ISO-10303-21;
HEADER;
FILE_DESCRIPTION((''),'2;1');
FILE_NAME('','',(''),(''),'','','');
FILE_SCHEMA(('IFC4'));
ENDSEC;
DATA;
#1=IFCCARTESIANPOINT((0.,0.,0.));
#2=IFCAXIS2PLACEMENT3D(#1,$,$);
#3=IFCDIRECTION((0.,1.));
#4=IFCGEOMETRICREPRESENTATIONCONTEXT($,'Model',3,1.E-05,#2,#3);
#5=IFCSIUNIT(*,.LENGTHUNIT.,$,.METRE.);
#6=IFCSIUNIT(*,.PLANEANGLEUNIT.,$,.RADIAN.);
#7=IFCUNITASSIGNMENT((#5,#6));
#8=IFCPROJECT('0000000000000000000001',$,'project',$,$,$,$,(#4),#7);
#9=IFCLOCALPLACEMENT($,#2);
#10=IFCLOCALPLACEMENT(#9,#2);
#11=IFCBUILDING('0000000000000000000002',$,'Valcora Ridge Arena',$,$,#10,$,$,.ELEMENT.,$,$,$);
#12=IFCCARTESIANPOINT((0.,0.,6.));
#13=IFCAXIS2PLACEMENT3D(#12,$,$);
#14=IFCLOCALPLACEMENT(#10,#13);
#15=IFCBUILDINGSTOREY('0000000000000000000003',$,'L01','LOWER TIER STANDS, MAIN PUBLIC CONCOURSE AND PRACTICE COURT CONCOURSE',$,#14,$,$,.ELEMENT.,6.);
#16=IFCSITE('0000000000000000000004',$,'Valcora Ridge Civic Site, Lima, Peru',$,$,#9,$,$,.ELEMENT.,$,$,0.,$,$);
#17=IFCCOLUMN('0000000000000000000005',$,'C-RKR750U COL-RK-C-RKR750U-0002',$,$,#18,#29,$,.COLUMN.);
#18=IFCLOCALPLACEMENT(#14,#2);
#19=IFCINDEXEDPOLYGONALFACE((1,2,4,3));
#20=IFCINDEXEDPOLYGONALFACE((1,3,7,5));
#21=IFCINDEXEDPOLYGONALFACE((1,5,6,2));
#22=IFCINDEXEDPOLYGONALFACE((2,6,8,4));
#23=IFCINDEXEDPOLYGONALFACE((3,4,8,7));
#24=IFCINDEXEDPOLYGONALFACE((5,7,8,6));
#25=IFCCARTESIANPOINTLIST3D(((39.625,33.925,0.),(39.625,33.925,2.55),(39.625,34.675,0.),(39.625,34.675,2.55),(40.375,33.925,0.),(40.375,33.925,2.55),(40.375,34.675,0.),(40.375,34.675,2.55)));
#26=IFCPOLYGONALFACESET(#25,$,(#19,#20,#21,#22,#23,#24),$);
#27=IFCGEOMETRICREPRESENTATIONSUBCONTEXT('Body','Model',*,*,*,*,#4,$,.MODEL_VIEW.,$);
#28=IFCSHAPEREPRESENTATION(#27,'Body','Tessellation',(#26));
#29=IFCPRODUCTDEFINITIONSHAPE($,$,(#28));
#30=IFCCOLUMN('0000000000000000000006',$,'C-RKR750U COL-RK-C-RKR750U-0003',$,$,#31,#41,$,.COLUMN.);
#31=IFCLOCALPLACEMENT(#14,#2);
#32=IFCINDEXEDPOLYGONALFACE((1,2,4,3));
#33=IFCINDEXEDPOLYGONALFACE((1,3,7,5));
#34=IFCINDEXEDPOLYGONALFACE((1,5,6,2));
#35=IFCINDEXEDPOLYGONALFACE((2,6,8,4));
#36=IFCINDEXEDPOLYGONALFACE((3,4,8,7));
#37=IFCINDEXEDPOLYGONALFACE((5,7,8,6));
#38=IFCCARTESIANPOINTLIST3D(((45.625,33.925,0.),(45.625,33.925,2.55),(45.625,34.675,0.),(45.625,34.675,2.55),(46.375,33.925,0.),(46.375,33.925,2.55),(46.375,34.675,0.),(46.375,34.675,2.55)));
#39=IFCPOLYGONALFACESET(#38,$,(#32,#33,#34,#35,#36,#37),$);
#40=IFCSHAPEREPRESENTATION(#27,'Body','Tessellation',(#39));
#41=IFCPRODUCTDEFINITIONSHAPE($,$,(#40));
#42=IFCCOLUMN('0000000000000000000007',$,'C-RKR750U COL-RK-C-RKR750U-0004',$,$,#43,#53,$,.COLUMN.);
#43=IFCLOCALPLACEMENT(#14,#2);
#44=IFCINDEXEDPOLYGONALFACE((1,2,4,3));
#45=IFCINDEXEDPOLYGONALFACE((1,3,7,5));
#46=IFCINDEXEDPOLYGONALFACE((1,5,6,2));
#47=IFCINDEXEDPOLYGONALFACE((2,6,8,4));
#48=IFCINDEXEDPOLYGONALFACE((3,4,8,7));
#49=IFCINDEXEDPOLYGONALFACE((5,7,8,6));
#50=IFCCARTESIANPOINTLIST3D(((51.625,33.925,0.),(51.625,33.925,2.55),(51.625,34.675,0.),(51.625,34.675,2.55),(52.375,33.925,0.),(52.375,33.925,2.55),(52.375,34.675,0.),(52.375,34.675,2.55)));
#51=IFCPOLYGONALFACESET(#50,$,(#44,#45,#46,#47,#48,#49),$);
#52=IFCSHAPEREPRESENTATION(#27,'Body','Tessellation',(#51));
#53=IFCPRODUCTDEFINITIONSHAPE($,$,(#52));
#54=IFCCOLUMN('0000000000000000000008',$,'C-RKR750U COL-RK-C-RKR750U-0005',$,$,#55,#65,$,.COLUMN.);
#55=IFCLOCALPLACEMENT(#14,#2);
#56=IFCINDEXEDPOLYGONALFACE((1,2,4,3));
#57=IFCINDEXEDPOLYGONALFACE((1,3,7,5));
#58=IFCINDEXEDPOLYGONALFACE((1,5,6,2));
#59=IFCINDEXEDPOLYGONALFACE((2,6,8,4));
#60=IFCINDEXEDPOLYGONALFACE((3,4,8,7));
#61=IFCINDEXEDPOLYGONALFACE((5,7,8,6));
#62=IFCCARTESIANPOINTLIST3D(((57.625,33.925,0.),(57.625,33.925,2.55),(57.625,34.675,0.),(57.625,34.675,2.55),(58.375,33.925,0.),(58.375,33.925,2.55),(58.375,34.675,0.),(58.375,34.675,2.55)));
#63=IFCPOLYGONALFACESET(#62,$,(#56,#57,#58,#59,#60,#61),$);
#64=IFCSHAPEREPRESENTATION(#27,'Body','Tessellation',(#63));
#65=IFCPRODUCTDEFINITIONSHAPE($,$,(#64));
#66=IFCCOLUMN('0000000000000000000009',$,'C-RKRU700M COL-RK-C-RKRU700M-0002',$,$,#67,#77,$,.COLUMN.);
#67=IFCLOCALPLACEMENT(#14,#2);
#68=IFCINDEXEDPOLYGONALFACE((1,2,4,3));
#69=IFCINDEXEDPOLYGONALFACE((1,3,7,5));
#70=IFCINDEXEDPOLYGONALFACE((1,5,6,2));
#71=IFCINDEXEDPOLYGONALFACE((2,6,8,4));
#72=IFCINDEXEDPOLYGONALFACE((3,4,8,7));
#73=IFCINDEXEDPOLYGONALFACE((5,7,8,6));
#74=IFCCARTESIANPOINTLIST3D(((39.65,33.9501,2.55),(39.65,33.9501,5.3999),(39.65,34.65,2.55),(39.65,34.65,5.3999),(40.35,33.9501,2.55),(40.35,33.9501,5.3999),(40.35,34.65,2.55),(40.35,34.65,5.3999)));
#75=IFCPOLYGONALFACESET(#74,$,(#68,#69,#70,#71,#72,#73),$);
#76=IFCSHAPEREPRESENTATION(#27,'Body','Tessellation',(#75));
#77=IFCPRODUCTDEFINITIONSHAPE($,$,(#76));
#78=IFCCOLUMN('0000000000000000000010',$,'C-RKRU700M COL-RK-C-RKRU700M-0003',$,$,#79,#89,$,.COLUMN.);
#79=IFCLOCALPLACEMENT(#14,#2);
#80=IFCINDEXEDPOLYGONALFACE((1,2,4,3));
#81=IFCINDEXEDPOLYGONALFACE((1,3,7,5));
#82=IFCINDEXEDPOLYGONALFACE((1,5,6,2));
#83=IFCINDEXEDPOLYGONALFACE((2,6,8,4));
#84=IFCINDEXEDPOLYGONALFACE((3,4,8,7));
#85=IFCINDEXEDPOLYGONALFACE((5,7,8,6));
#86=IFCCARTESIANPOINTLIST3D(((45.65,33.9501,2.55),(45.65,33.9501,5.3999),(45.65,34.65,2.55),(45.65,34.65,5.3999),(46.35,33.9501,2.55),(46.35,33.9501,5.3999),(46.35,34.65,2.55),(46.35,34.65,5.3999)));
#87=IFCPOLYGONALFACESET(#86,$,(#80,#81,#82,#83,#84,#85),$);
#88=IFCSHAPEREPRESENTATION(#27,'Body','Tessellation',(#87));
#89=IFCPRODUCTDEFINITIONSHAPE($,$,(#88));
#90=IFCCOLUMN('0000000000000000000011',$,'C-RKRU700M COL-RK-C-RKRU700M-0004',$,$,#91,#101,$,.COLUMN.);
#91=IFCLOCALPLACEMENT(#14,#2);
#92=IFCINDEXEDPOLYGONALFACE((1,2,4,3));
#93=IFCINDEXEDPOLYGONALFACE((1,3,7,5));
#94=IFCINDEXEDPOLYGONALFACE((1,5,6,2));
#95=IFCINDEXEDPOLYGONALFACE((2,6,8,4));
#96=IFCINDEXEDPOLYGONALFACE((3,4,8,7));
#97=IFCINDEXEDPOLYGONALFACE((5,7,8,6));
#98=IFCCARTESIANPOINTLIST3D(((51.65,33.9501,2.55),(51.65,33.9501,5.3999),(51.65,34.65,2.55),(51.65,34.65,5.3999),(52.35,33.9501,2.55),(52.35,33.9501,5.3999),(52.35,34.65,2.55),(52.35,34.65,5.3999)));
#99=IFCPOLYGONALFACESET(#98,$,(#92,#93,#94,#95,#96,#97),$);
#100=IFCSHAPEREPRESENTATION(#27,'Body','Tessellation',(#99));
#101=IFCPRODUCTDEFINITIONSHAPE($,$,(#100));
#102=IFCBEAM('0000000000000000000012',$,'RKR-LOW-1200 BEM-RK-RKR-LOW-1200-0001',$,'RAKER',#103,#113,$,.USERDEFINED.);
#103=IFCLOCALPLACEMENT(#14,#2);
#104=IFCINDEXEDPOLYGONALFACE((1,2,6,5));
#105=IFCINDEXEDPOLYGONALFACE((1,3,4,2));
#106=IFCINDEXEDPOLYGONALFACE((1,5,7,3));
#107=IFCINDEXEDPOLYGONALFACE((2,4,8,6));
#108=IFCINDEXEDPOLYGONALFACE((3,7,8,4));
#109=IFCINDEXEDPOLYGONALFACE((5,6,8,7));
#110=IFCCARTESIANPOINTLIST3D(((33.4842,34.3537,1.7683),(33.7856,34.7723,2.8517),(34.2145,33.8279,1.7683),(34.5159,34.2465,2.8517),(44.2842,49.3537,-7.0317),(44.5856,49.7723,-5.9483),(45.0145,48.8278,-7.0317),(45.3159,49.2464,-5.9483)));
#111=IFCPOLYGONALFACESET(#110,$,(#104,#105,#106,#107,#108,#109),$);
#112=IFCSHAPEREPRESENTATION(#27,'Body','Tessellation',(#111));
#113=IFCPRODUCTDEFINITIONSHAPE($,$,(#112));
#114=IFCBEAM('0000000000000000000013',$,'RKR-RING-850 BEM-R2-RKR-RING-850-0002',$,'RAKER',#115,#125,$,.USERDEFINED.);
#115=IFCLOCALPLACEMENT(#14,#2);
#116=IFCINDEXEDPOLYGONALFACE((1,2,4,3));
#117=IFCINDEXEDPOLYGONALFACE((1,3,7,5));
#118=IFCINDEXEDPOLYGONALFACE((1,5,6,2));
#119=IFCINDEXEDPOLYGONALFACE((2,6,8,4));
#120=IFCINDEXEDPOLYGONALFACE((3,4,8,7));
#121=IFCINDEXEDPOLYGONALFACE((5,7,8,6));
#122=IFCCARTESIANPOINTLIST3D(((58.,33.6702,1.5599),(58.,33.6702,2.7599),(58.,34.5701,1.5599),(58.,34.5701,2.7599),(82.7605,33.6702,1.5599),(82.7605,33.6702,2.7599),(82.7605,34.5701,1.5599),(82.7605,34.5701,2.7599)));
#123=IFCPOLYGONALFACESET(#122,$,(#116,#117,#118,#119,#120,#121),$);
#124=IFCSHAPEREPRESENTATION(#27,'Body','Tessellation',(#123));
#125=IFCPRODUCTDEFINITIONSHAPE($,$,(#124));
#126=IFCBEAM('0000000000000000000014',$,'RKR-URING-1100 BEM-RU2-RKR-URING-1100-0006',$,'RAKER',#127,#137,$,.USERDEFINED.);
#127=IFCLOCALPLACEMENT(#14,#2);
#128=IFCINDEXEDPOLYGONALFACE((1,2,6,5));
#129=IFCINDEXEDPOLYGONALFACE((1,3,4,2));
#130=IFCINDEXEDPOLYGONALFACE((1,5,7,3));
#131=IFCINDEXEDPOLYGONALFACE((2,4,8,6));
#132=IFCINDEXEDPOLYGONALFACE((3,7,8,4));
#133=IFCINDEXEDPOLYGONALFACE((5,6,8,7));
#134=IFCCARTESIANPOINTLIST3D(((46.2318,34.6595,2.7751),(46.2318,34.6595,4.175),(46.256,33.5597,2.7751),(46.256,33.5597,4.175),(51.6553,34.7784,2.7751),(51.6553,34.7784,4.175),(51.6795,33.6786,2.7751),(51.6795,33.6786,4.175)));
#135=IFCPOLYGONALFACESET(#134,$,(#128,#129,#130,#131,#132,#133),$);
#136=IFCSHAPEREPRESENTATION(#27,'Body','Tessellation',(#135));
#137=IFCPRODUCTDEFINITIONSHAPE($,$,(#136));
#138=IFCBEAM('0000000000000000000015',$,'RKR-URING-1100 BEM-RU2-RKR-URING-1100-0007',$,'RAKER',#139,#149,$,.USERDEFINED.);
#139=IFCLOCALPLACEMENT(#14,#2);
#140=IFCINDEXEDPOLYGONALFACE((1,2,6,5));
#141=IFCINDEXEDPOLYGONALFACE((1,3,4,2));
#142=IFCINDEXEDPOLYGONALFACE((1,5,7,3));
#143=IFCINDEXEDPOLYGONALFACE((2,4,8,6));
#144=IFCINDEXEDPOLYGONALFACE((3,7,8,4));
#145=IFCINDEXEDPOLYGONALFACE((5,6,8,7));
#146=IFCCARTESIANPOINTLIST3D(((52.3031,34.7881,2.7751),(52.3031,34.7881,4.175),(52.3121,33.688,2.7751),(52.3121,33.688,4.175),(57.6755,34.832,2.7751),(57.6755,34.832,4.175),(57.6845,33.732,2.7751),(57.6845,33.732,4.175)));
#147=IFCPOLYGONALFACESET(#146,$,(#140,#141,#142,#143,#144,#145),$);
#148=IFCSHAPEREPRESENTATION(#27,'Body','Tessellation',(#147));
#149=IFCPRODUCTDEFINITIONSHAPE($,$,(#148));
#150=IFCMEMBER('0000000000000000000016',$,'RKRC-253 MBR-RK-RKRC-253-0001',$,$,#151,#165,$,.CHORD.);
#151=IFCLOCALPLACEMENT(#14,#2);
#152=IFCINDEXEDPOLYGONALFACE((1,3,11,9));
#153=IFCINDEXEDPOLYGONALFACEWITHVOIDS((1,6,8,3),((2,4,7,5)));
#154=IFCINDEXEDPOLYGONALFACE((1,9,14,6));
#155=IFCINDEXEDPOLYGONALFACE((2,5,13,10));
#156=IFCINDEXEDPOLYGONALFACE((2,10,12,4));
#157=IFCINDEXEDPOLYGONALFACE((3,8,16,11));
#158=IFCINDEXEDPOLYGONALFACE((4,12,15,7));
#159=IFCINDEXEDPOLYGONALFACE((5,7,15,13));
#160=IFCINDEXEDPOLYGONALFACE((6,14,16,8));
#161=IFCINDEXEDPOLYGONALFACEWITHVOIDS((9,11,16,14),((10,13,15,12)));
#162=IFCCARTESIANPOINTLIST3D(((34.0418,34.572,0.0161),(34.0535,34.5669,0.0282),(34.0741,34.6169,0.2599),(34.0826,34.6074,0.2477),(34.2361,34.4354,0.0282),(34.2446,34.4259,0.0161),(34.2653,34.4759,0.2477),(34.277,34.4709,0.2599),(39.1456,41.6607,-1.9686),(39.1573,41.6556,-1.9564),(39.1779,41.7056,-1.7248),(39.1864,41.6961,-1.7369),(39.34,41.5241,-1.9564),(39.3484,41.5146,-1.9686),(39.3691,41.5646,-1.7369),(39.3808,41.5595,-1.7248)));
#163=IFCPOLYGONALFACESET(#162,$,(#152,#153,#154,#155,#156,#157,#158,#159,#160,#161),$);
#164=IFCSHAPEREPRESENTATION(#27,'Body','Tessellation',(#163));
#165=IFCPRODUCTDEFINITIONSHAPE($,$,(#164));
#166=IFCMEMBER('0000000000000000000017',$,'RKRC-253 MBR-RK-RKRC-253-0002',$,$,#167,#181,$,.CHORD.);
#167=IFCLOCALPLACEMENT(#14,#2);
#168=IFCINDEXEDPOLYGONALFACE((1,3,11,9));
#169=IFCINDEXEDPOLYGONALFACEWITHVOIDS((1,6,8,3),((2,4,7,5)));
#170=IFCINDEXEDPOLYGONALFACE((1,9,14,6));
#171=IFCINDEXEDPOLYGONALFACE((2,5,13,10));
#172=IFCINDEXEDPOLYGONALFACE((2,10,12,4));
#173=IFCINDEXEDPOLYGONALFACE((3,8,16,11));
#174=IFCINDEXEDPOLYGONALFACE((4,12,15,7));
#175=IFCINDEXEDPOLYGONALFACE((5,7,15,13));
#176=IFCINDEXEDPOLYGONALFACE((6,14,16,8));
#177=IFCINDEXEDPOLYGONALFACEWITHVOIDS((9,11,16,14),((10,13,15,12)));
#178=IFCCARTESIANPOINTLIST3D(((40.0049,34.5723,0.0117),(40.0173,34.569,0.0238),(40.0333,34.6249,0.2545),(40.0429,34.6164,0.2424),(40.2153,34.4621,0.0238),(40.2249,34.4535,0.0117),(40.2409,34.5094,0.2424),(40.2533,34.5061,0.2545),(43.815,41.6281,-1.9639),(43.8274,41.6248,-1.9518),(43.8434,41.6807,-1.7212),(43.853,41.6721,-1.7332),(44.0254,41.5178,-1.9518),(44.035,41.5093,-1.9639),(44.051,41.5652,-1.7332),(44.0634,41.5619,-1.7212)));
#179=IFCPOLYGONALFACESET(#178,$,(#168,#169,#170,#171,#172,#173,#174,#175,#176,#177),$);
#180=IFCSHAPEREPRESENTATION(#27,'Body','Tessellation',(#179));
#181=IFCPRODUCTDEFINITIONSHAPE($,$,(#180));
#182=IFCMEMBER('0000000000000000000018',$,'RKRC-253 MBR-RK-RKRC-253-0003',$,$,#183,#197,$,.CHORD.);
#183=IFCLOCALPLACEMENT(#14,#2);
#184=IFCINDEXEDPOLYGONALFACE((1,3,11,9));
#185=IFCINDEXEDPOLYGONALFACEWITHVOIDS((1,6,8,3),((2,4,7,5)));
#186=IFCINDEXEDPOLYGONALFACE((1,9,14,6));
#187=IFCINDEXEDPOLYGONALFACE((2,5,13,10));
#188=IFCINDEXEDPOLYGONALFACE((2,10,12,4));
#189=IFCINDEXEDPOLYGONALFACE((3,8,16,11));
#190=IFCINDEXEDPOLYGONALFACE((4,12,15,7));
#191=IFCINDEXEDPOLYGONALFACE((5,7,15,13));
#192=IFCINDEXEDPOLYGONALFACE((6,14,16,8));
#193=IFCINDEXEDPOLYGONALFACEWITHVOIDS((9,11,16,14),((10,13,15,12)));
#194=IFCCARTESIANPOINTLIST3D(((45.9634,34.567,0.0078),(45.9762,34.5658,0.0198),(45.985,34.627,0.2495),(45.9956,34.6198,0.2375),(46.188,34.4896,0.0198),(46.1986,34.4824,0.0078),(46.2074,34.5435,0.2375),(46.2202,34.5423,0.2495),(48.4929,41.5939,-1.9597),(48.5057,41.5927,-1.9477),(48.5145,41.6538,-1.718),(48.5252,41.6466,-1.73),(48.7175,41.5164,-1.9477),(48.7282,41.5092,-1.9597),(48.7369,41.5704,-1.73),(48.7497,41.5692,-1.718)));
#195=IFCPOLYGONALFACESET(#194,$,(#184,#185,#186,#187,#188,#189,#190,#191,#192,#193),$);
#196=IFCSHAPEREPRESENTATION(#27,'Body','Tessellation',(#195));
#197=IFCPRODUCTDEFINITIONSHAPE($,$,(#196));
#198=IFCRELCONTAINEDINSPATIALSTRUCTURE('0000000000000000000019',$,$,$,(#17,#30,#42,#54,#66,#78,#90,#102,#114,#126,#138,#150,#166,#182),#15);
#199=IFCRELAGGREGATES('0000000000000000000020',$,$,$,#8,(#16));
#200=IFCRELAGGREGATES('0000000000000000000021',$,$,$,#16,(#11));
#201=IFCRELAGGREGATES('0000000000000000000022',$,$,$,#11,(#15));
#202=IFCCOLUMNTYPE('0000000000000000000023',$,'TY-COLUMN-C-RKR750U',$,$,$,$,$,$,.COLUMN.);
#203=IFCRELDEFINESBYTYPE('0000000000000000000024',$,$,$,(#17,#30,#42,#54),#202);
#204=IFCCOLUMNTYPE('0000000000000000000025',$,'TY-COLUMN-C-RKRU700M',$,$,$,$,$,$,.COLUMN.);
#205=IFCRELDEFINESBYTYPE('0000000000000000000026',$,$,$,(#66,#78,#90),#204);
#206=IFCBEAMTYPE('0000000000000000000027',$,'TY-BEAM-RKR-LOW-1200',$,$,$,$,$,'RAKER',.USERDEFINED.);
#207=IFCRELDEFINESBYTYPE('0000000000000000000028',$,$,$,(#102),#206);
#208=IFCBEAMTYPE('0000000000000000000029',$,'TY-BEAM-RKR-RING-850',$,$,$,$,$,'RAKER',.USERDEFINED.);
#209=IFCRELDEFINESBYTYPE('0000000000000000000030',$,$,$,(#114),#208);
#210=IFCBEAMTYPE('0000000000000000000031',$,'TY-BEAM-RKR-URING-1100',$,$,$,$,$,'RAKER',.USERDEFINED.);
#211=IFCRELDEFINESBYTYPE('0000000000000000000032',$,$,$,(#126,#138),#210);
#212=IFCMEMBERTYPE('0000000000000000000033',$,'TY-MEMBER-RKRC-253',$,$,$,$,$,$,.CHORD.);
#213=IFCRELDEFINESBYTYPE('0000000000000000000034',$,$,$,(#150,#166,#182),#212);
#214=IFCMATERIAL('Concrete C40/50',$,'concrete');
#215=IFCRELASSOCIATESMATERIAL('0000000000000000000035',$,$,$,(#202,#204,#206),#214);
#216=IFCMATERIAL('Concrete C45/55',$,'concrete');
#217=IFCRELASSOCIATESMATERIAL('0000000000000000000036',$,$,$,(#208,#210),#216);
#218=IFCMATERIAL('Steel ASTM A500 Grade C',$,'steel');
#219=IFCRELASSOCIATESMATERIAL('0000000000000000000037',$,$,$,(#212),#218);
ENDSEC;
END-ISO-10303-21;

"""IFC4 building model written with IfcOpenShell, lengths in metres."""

from ifc_helpers import new_model, si_unit, direction, frame, origin, origin_2d, place, context, subcontext, project, spatial, rectangle, hollow_rectangle, extrude, material, material_profile, profile_set, type_object, element, save


model = new_model("IFC4")

# Units and contexts
model_context = context("Model", 3, precision=1e-05, world=origin(), true_north=direction((0.0, 1.0)))
body_context = subcontext(model_context, "Body", "Model", "MODEL_VIEW")
ifc_project = project(units=[si_unit("LENGTHUNIT", "METRE"), si_unit("PLANEANGLEUNIT", "RADIAN")], contexts=[model_context])

# Site, building, storey
site_placement = place(None, origin())
site = spatial("IfcSite", under=ifc_project, at=site_placement, Name="Valcora Ridge Civic Site, Lima, Peru", CompositionType="ELEMENT", RefElevation=0.0)
building_placement = place(site_placement, origin())
building = spatial("IfcBuilding", under=site, at=building_placement, Name="Valcora Ridge Arena", CompositionType="ELEMENT")
storey_placement = place(building_placement, frame((0.0, 0.0, 6.0)))
storey = spatial("IfcBuildingStorey", under=building, at=storey_placement, Name="L01", Description="LOWER TIER STANDS, MAIN PUBLIC CONCOURSE AND PRACTICE COURT CONCOURSE", CompositionType="ELEMENT", Elevation=6.0)

# Columns
ifc_material_1 = material(Name="Concrete C40/50", Category="concrete")
ifc_material_profile_1 = material_profile(ifc_material_1, rectangle(XDim=0.75, YDim=0.75, at=origin_2d()), Name="RC 750x750")
ifc_profile_set_1 = profile_set([ifc_material_profile_1], Name="Concrete C40/50")
column_type_1 = type_object("IfcColumnType", Name="TY-COLUMN-C-RKR750U", PredefinedType="COLUMN", material=ifc_profile_set_1)
for number, where, z_axis, x_axis, name in (
    (1, (40.0, 34.3, 0.0), (0.0, 0.0, 1.0), (1.0, 0.0, 0.0), "C-RKR750U COL-RK-C-RKR750U-0002"),
    (2, (46.0, 34.3, 0.0), (0.0, 0.0, 1.0), (1.0, 0.0, 0.0), "C-RKR750U COL-RK-C-RKR750U-0003"),
    (3, (52.0, 34.3, 0.0), (0.0, 0.0, 1.0), (1.0, 0.0, 0.0), "C-RKR750U COL-RK-C-RKR750U-0004"),
    (4, (58.0, 34.3, 0.0), (0.0, 0.0, 1.0), (1.0, 0.0, 0.0), "C-RKR750U COL-RK-C-RKR750U-0005"),
):
    element("IfcColumn", number, at=place(storey_placement, frame(where, z_axis=z_axis, x_axis=x_axis)), inside=storey, type_object=column_type_1, Name=name, PredefinedType="COLUMN", context=body_context, shape_type="SweptSolid", body=[
        extrude(rectangle(XDim=0.75, YDim=0.75, at=origin_2d()), origin(), (0.0, 0.0, 1.0), 2.55),
    ])
ifc_material_profile_2 = material_profile(ifc_material_1, rectangle(XDim=0.7, YDim=0.7, at=origin_2d()), Name="RC 700x700")
ifc_profile_set_2 = profile_set([ifc_material_profile_2], Name="Concrete C40/50")
column_type_2 = type_object("IfcColumnType", Name="TY-COLUMN-C-RKRU700M", PredefinedType="COLUMN", material=ifc_profile_set_2)
for number, where, z_axis, x_axis, name in (
    (5, (40.0, 34.3, 2.55), (0.0, 0.0, 1.0), (1.0, 0.0, 0.0), "C-RKRU700M COL-RK-C-RKRU700M-0002"),
    (6, (46.0, 34.3, 2.55), (0.0, 0.0, 1.0), (1.0, 0.0, 0.0), "C-RKRU700M COL-RK-C-RKRU700M-0003"),
    (7, (52.0, 34.3, 2.55), (0.0, 0.0, 1.0), (1.0, 0.0, 0.0), "C-RKRU700M COL-RK-C-RKRU700M-0004"),
):
    element("IfcColumn", number, at=place(storey_placement, frame(where, z_axis=z_axis, x_axis=x_axis)), inside=storey, type_object=column_type_2, Name=name, PredefinedType="COLUMN", context=body_context, shape_type="SweptSolid", body=[
        extrude(rectangle(XDim=0.7, YDim=0.7, at=origin_2d()), origin(), (0.0, 0.0, 1.0), 2.8499),
    ])

# Beams
ifc_material_profile_3 = material_profile(ifc_material_1, rectangle(XDim=0.8999, YDim=1.2, at=origin_2d()), Name="RC 900x1200")
ifc_profile_set_3 = profile_set([ifc_material_profile_3], Name="Concrete C40/50")
beam_type_1 = type_object("IfcBeamType", Name="TY-BEAM-RKR-LOW-1200", ElementType="RAKER", PredefinedType="USERDEFINED", material=ifc_profile_set_3)
beam_1_placement = place(storey_placement, frame((44.8, 49.3, -6.49), z_axis=(-0.527565, -0.732726, 0.429869), x_axis=(0.811533, -0.584306, 0.0)))
element("IfcBeam", 8, at=beam_1_placement, inside=storey, type_object=beam_type_1, Name="RKR-LOW-1200 BEM-RK-RKR-LOW-1200-0001", ObjectType="RAKER", PredefinedType="USERDEFINED", context=body_context, shape_type="SweptSolid", body=[
    extrude(rectangle(XDim=0.8999, YDim=1.2, at=origin_2d()), origin(), (0.0, 0.0, 1.0), 20.4714),
])
ifc_material_2 = material(Name="Concrete C45/55", Category="concrete")
ifc_material_profile_4 = material_profile(ifc_material_2, rectangle(XDim=0.8999, YDim=1.2, at=origin_2d()), Name="RC 900x1200")
ifc_profile_set_4 = profile_set([ifc_material_profile_4], Name="Concrete C45/55")
beam_type_2 = type_object("IfcBeamType", Name="TY-BEAM-RKR-RING-850", ElementType="RAKER", PredefinedType="USERDEFINED", material=ifc_profile_set_4)
beam_2_placement = place(storey_placement, frame((58.0, 34.1201, 2.1599), z_axis=(1.0, 0.0, 0.0), x_axis=(0.0, 1.0, 0.0)))
element("IfcBeam", 9, at=beam_2_placement, inside=storey, type_object=beam_type_2, Name="RKR-RING-850 BEM-R2-RKR-RING-850-0002", ObjectType="RAKER", PredefinedType="USERDEFINED", context=body_context, shape_type="SweptSolid", body=[
    extrude(rectangle(XDim=0.8999, YDim=1.2, at=origin_2d()), origin(), (0.0, 0.0, 1.0), 24.7605),
])
ifc_material_profile_5 = material_profile(ifc_material_2, rectangle(XDim=1.1001, YDim=1.3999, at=origin_2d()), Name="RC 1100x1400")
ifc_profile_set_5 = profile_set([ifc_material_profile_5], Name="Concrete C45/55")
beam_type_3 = type_object("IfcBeamType", Name="TY-BEAM-RKR-URING-1100", ElementType="RAKER", PredefinedType="USERDEFINED", material=ifc_profile_set_5)
beam_3_placement = place(storey_placement, frame((46.2439, 34.1096, 3.4751), z_axis=(0.99976, 0.021917, 0.0), x_axis=(-0.021917, 0.99976, 0.0)))
element("IfcBeam", 10, at=beam_3_placement, inside=storey, type_object=beam_type_3, Name="RKR-URING-1100 BEM-RU2-RKR-URING-1100-0006", ObjectType="RAKER", PredefinedType="USERDEFINED", context=body_context, shape_type="SweptSolid", body=[
    extrude(rectangle(XDim=1.1001, YDim=1.3999, at=origin_2d()), origin(), (0.0, 0.0, 1.0), 5.4248),
])
beam_4_placement = place(storey_placement, frame((52.3076, 34.238, 3.4751), z_axis=(0.999967, 0.00818, 0.0), x_axis=(-0.00818, 0.999967, 0.0)))
element("IfcBeam", 11, at=beam_4_placement, inside=storey, type_object=beam_type_3, Name="RKR-URING-1100 BEM-RU2-RKR-URING-1100-0007", ObjectType="RAKER", PredefinedType="USERDEFINED", context=body_context, shape_type="SweptSolid", body=[
    extrude(rectangle(XDim=1.1001, YDim=1.3999, at=origin_2d()), origin(), (0.0, 0.0, 1.0), 5.3726),
])

# Members
ifc_material_3 = material(Name="Steel ASTM A500 Grade C", Category="steel")
ifc_material_profile_6 = material_profile(ifc_material_3, hollow_rectangle(XDim=0.25, YDim=0.25, WallThickness=0.0125, at=origin_2d()), Name="HSS250X250X12")
ifc_profile_set_6 = profile_set([ifc_material_profile_6], Name="Steel ASTM A500 Grade C")
member_type_1 = type_object("IfcMemberType", Name="TY-MEMBER-RKRC-253", PredefinedType="CHORD", material=ifc_profile_set_6)
member_1_placement = place(storey_placement, frame((39.2632, 41.6101, -1.8467), z_axis=(-0.569779, -0.791367, 0.221561), x_axis=(0.811537, -0.584301, 0.0)))
element("IfcMember", 12, at=member_1_placement, inside=storey, type_object=member_type_1, Name="RKRC-253 MBR-RK-RKRC-253-0001", PredefinedType="CHORD", context=body_context, shape_type="SweptSolid", body=[
    extrude(hollow_rectangle(XDim=0.25, YDim=0.25, WallThickness=0.0125, at=origin_2d()), origin(), (0.0, 0.0, 1.0), 8.9575),
])
member_2_placement = place(storey_placement, frame((43.9392, 41.595, -1.8425), z_axis=(-0.461353, -0.854358, 0.23922), x_axis=(0.879905, -0.475149, 0.0)))
element("IfcMember", 13, at=member_2_placement, inside=storey, type_object=member_type_1, Name="RKRC-253 MBR-RK-RKRC-253-0002", PredefinedType="CHORD", context=body_context, shape_type="SweptSolid", body=[
    extrude(hollow_rectangle(XDim=0.25, YDim=0.25, WallThickness=0.0125, at=origin_2d()), origin(), (0.0, 0.0, 1.0), 8.2585),
])
member_3_placement = place(storey_placement, frame((48.6213, 41.5815, -1.8389), z_axis=(-0.327529, -0.909848, 0.254759), x_axis=(0.940893, -0.338704, 0.0)))
element("IfcMember", 14, at=member_3_placement, inside=storey, type_object=member_type_1, Name="RKRC-253 MBR-RK-RKRC-253-0003", PredefinedType="CHORD", context=body_context, shape_type="SweptSolid", body=[
    extrude(hollow_rectangle(XDim=0.25, YDim=0.25, WallThickness=0.0125, at=origin_2d()), origin(), (0.0, 0.0, 1.0), 7.7231),
])

save(model, "model.ifc")
